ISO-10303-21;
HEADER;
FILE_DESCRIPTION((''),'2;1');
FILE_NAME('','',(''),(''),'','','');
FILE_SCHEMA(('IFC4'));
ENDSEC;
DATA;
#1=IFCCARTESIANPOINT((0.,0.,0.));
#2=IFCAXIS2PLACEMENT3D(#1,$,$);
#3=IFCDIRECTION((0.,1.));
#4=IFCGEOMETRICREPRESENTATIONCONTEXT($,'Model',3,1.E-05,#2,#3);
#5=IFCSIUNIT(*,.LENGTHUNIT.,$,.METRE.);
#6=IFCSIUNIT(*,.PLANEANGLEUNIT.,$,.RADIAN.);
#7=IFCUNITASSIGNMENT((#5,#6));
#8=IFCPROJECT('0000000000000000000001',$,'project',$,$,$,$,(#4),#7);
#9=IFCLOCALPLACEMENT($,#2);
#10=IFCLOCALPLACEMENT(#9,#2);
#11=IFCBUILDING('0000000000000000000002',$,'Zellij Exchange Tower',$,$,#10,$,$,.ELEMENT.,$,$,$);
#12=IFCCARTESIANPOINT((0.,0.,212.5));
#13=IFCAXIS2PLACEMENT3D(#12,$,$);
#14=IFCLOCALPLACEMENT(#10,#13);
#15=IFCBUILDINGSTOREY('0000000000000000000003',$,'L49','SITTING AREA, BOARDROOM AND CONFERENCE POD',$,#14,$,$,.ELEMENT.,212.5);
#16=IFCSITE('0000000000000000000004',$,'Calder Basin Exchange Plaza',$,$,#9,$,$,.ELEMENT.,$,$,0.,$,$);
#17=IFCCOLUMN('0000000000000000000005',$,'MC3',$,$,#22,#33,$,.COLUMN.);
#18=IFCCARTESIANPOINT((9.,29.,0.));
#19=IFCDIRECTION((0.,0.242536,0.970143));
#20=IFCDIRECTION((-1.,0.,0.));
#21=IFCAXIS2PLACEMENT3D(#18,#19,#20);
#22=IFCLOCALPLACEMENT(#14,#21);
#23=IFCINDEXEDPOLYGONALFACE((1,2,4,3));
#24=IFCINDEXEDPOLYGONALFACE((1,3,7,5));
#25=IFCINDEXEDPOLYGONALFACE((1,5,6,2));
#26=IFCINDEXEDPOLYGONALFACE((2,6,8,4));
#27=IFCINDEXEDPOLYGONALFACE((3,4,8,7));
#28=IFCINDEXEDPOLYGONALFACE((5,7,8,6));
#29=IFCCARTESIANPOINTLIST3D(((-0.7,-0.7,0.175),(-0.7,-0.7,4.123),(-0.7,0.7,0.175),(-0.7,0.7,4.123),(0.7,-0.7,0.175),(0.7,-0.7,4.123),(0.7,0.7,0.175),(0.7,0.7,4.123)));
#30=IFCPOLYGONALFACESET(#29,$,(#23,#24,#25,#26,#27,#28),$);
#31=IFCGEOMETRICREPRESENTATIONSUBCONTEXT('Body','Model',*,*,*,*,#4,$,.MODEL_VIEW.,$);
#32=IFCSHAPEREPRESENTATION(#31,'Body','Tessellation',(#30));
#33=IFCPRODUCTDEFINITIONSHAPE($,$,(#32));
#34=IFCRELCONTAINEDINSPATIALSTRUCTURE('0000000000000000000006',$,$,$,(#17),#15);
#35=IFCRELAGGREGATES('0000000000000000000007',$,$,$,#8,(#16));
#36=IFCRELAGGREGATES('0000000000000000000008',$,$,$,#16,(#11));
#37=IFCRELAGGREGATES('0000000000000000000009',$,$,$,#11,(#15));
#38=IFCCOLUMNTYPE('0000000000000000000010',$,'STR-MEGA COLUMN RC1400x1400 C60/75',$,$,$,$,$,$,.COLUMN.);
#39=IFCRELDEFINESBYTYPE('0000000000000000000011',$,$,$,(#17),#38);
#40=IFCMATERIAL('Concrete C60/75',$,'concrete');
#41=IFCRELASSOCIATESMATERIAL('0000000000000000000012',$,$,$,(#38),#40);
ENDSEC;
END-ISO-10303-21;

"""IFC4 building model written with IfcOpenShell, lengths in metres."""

from ifc_helpers import new_model, si_unit, direction, frame, origin, origin_2d, place, context, subcontext, project, spatial, rectangle, extrude, clip, halfspace, material, material_profile, profile_set, type_object, element, save


model = new_model("IFC4")

# Units and contexts
model_context = context("Model", 3, precision=1e-05, world=origin(), true_north=direction((0.0, 1.0)))
body_context = subcontext(model_context, "Body", "Model", "MODEL_VIEW")
ifc_project = project(units=[si_unit("LENGTHUNIT", "METRE"), si_unit("PLANEANGLEUNIT", "RADIAN")], contexts=[model_context])

# Site, building, storey
site_placement = place(None, origin())
site = spatial("IfcSite", under=ifc_project, at=site_placement, Name="Calder Basin Exchange Plaza", CompositionType="ELEMENT", RefElevation=0.0)
building_placement = place(site_placement, origin())
building = spatial("IfcBuilding", under=site, at=building_placement, Name="Zellij Exchange Tower", CompositionType="ELEMENT")
storey_placement = place(building_placement, frame((0.0, 0.0, 212.5)))
storey = spatial("IfcBuildingStorey", under=building, at=storey_placement, Name="L49", Description="SITTING AREA, BOARDROOM AND CONFERENCE POD", CompositionType="ELEMENT", Elevation=212.5)

# Column
ifc_material_1 = material(Name="Concrete C60/75", Category="concrete")
ifc_material_profile_1 = material_profile(ifc_material_1, rectangle(XDim=1.3999, YDim=1.3999, at=origin_2d()), Name="STR-MEGA COLUMN RC1400x1400 C60/75")
ifc_profile_set_1 = profile_set([ifc_material_profile_1], Name="Concrete C60/75")
column_type_1 = type_object("IfcColumnType", Name="STR-MEGA COLUMN RC1400x1400 C60/75", PredefinedType="COLUMN", material=ifc_profile_set_1)
column_placement = place(storey_placement, frame((9.0, 29.0, 0.0), z_axis=(0.0, 0.242536, 0.970143), x_axis=(-1.0, 0.0, 0.0)))
element("IfcColumn", 1, at=column_placement, inside=storey, type_object=column_type_1, Name="MC3", PredefinedType="COLUMN", context=body_context, shape_type="Clipping", body=[
    clip(extrude(rectangle(XDim=1.3999, YDim=1.3999, at=origin_2d()), origin(), (0.0, 0.0, 1.0), 4.123), halfspace(frame((0.0, 0.0, 0.175)), True)),
])

save(model, "model.ifc")
